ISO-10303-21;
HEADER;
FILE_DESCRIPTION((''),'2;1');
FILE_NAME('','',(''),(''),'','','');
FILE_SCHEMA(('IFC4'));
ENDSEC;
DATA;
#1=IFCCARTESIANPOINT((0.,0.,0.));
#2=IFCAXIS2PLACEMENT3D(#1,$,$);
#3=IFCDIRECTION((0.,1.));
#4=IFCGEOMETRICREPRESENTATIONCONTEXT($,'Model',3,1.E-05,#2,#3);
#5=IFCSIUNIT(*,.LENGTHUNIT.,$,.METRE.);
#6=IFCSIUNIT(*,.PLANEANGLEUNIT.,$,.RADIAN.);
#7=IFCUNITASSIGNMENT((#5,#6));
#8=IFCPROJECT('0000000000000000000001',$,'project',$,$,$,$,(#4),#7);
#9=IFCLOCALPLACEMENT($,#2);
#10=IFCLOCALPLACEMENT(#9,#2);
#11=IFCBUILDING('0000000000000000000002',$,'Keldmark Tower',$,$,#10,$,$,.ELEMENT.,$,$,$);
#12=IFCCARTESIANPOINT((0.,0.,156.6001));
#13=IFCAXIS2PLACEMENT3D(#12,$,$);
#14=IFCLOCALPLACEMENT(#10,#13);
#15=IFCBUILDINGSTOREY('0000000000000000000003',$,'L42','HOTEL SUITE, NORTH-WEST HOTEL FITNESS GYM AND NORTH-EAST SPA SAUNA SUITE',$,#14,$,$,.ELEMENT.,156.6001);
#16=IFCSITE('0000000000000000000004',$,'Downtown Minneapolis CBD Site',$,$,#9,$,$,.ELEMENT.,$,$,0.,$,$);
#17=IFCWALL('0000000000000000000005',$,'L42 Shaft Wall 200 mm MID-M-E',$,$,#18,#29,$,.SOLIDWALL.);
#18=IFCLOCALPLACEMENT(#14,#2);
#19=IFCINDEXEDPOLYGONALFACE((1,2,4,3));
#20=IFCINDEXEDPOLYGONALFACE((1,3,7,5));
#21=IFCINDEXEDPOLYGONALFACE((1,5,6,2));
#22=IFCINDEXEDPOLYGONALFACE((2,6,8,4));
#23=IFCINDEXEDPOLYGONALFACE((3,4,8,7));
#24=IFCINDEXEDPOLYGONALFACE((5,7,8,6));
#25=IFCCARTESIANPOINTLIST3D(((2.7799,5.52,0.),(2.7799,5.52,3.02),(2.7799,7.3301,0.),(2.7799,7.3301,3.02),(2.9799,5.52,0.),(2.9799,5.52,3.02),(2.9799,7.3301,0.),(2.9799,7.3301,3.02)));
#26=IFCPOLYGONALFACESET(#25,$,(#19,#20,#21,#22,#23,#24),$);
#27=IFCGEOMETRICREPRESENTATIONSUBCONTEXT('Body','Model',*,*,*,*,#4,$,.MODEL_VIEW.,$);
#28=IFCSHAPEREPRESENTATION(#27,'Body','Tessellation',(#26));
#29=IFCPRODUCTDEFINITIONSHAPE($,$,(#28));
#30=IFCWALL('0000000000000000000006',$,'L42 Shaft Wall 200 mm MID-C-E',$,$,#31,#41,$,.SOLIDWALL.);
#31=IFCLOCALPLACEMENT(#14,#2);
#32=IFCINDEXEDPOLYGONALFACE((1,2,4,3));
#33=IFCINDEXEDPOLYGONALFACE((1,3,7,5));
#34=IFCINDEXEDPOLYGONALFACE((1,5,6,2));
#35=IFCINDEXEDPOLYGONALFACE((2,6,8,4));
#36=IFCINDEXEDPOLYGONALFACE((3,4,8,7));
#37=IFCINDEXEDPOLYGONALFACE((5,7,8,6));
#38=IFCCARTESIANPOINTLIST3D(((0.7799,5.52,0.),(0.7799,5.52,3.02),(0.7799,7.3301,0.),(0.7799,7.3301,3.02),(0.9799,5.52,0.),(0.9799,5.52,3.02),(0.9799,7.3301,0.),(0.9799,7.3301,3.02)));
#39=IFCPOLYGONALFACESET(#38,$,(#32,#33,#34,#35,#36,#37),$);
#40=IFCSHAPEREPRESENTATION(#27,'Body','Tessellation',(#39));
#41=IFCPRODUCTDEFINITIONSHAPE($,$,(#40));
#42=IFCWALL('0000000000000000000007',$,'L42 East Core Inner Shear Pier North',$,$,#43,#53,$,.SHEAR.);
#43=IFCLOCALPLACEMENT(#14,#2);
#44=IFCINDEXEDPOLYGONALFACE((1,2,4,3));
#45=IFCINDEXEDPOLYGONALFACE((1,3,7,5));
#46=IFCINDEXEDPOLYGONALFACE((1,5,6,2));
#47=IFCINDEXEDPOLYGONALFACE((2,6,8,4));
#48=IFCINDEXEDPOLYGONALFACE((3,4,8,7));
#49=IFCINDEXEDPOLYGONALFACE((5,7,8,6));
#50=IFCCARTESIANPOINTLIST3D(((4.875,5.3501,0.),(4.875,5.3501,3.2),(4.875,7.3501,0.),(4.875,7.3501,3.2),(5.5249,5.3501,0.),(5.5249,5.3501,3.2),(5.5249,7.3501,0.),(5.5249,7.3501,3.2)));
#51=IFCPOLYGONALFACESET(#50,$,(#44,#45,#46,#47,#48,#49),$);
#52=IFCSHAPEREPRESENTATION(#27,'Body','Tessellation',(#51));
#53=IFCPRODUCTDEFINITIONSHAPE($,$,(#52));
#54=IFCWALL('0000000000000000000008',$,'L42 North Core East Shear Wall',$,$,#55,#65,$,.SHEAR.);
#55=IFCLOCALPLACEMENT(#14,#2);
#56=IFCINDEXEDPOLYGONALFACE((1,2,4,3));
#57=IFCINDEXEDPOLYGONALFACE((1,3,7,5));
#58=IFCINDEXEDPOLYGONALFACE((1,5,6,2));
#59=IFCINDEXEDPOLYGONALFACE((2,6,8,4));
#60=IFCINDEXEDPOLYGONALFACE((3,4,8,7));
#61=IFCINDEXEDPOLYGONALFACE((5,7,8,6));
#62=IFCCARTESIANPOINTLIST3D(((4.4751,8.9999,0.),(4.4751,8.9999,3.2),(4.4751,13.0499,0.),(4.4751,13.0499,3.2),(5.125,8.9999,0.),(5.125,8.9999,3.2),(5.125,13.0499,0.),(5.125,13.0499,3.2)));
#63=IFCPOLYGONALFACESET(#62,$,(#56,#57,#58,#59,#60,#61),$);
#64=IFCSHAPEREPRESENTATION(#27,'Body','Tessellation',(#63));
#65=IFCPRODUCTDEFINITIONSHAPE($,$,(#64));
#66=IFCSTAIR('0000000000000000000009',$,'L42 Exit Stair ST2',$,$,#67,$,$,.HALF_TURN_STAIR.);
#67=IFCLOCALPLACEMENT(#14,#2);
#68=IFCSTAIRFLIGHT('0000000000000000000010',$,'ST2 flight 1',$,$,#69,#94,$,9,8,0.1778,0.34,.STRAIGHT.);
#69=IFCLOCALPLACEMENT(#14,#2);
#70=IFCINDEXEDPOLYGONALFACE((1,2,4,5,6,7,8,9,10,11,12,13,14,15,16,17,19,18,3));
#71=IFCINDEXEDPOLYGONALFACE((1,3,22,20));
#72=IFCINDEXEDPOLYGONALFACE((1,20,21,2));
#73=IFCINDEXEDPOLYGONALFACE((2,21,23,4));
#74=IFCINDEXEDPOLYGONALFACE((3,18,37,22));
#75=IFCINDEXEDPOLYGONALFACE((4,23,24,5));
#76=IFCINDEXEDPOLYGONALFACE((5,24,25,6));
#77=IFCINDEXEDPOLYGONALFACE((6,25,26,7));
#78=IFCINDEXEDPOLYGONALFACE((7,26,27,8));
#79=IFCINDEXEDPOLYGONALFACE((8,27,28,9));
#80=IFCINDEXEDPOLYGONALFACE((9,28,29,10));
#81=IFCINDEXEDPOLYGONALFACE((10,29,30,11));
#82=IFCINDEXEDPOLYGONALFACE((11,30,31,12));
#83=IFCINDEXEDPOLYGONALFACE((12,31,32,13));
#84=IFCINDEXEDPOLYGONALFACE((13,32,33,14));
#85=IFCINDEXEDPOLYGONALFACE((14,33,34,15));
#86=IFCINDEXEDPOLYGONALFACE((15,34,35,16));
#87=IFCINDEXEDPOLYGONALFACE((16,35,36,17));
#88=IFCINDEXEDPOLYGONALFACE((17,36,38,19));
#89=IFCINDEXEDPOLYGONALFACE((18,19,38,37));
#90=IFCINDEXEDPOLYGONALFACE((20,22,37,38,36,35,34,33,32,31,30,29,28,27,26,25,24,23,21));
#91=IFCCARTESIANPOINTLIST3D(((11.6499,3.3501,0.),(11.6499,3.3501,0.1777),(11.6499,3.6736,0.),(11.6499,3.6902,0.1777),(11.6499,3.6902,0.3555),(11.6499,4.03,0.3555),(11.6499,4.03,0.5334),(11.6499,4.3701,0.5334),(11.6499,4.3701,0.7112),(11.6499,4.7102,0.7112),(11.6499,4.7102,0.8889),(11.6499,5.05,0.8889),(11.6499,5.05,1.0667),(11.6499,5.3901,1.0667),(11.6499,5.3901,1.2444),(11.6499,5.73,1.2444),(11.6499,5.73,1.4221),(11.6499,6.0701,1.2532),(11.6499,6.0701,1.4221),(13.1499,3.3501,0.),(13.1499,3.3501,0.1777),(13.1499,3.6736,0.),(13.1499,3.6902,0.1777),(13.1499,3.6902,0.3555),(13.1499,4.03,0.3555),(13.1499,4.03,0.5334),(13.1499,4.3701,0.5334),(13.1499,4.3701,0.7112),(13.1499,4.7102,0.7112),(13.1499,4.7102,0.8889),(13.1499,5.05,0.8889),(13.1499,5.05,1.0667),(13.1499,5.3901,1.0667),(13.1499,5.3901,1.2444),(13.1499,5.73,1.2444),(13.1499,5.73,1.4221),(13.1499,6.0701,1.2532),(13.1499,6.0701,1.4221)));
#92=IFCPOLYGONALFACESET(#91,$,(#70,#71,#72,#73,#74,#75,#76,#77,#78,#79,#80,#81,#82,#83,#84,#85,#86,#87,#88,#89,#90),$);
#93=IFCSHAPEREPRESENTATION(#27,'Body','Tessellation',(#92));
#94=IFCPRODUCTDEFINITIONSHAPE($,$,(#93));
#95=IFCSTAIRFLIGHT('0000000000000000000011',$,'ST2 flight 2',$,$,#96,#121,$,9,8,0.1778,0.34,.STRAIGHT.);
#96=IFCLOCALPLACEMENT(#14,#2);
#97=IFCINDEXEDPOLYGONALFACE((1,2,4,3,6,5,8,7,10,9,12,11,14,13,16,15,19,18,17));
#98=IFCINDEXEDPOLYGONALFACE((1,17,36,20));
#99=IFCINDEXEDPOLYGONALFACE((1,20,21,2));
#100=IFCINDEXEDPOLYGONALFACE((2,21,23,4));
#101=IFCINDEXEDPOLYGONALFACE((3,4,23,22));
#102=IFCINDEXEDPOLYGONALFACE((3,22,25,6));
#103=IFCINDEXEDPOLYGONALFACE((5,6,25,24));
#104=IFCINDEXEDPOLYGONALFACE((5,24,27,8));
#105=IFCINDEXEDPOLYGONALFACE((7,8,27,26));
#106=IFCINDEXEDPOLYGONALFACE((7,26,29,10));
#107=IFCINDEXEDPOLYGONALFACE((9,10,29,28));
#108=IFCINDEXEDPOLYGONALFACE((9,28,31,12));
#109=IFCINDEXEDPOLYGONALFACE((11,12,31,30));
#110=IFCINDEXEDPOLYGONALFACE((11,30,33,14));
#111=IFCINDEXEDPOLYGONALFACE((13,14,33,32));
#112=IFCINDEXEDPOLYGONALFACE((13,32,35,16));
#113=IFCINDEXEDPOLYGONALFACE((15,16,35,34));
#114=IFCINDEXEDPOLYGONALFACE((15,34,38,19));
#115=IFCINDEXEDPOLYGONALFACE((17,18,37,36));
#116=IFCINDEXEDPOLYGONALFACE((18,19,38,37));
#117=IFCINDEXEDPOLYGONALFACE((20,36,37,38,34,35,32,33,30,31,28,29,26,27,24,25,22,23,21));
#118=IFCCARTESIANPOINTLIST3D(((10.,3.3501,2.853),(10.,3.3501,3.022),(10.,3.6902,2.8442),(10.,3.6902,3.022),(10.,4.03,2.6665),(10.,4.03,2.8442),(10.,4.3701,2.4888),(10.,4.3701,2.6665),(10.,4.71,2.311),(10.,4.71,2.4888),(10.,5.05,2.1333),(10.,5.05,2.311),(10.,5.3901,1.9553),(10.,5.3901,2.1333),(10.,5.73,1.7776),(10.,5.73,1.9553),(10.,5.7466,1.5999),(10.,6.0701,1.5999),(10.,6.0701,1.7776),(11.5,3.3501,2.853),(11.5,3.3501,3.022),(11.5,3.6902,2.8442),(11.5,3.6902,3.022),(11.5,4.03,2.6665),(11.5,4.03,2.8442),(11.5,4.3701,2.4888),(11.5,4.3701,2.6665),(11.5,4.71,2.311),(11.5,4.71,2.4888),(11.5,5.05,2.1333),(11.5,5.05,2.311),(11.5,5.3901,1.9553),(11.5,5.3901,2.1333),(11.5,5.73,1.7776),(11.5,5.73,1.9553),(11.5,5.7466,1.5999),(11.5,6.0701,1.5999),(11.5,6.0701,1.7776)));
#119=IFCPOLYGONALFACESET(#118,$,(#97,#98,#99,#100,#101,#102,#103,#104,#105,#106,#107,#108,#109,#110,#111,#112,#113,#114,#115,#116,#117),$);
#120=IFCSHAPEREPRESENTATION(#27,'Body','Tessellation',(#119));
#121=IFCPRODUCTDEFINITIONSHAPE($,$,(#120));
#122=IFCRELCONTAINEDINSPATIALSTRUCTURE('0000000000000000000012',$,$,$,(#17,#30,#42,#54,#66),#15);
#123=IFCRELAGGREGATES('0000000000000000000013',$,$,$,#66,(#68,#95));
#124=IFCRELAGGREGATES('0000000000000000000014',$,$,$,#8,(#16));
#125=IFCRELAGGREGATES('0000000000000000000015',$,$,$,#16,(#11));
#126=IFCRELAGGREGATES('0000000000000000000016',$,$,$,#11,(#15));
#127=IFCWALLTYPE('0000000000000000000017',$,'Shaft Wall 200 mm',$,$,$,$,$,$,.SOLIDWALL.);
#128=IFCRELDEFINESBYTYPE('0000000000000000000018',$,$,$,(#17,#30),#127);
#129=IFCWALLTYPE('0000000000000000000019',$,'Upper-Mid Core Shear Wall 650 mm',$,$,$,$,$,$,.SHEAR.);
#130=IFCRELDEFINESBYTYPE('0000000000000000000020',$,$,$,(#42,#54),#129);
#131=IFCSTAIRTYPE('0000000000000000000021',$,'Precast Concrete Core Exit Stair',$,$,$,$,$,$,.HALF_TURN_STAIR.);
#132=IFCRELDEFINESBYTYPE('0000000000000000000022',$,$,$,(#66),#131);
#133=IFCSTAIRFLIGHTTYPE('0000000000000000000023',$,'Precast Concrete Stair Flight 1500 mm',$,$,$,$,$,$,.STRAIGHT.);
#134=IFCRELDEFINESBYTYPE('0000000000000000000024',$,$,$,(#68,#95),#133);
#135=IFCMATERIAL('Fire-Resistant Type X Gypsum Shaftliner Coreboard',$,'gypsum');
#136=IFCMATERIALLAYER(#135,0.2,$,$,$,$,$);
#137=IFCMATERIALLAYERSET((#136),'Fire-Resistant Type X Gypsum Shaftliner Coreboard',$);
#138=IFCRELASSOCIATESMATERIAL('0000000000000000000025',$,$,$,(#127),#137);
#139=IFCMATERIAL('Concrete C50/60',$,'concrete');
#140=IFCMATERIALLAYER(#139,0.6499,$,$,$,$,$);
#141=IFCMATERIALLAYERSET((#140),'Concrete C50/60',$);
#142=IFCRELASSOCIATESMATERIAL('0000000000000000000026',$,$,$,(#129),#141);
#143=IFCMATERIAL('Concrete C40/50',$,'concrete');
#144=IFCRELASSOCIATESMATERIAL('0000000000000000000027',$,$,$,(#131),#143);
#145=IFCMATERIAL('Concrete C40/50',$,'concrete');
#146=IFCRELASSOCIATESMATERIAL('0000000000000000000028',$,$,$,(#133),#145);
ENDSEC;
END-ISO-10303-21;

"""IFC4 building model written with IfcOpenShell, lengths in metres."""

from ifc_helpers import new_model, si_unit, direction, frame, frame_2d, origin, place, context, subcontext, project, spatial, polyline, rectangle, outline, extrude, material, layer, layer_set, type_object, element, aggregate, save


model = new_model("IFC4")

# Units and contexts
model_context = context("Model", 3, precision=1e-05, world=origin(), true_north=direction((0.0, 1.0)))
body_context = subcontext(model_context, "Body", "Model", "MODEL_VIEW")
ifc_project = project(units=[si_unit("LENGTHUNIT", "METRE"), si_unit("PLANEANGLEUNIT", "RADIAN")], contexts=[model_context])

# Site, building, storey
site_placement = place(None, origin())
site = spatial("IfcSite", under=ifc_project, at=site_placement, Name="Downtown Minneapolis CBD Site", CompositionType="ELEMENT", RefElevation=0.0)
building_placement = place(site_placement, origin())
building = spatial("IfcBuilding", under=site, at=building_placement, Name="Keldmark Tower", CompositionType="ELEMENT")
storey_placement = place(building_placement, frame((0.0, 0.0, 156.6001)))
storey = spatial("IfcBuildingStorey", under=building, at=storey_placement, Name="L42", Description="HOTEL SUITE, NORTH-WEST HOTEL FITNESS GYM AND NORTH-EAST SPA SAUNA SUITE", CompositionType="ELEMENT", Elevation=156.6001)

# Shared definitions
ifc_material_1 = material(Name="Fire-Resistant Type X Gypsum Shaftliner Coreboard", Category="gypsum")
ifc_layer_1 = layer(ifc_material_1, 0.2)
ifc_layer_set_1 = layer_set([ifc_layer_1], Name="Fire-Resistant Type X Gypsum Shaftliner Coreboard")
wall_type_1 = type_object("IfcWallType", Name="Shaft Wall 200 mm", PredefinedType="SOLIDWALL", material=ifc_layer_set_1)

# Walls
for number, where, z_axis, x_axis, name in (
    (1, (2.8799, 5.52, 0.0), (0.0, 0.0, 1.0), (0.0, 1.0, 0.0), "L42 Shaft Wall 200 mm MID-M-E"),
    (2, (0.8799, 5.52, 0.0), (0.0, 0.0, 1.0), (0.0, 1.0, 0.0), "L42 Shaft Wall 200 mm MID-C-E"),
):
    element("IfcWall", number, at=place(storey_placement, frame(where, z_axis=z_axis, x_axis=x_axis)), inside=storey, type_object=wall_type_1, Name=name, PredefinedType="SOLIDWALL", context=body_context, shape_type="SweptSolid", body=[
        extrude(rectangle(XDim=1.8101, YDim=0.2, at=frame_2d((0.905, 0.0))), origin(), (0.0, 0.0, 1.0), 3.02),
    ])
ifc_material_2 = material(Name="Concrete C50/60", Category="concrete")
ifc_layer_2 = layer(ifc_material_2, 0.6499)
ifc_layer_set_2 = layer_set([ifc_layer_2], Name="Concrete C50/60")
wall_type_2 = type_object("IfcWallType", Name="Upper-Mid Core Shear Wall 650 mm", PredefinedType="SHEAR", material=ifc_layer_set_2)
wall_1_placement = place(storey_placement, frame((5.2, 5.3501, 0.0), z_axis=(0.0, 0.0, 1.0), x_axis=(0.0, 1.0, 0.0)))
element("IfcWall", 3, at=wall_1_placement, inside=storey, type_object=wall_type_2, Name="L42 East Core Inner Shear Pier North", PredefinedType="SHEAR", context=body_context, shape_type="SweptSolid", body=[
    extrude(rectangle(XDim=2.0, YDim=0.6499, at=frame_2d((1.0, 0.0))), origin(), (0.0, 0.0, 1.0), 3.2),
])
wall_2_placement = place(storey_placement, frame((4.8, 9.0, 0.0), z_axis=(0.0, 0.0, 1.0), x_axis=(0.0, 1.0, 0.0)))
element("IfcWall", 4, at=wall_2_placement, inside=storey, type_object=wall_type_2, Name="L42 North Core East Shear Wall", PredefinedType="SHEAR", context=body_context, shape_type="SweptSolid", body=[
    extrude(rectangle(XDim=4.05, YDim=0.6499, at=frame_2d((2.0249, 0.0))), origin(), (0.0, 0.0, 1.0), 3.2),
])

# Stair, stair flights
ifc_material_3 = material(Name="Concrete C40/50", Category="concrete")
stair_type = type_object("IfcStairType", Name="Precast Concrete Core Exit Stair", PredefinedType="HALF_TURN_STAIR", material=ifc_material_3)
stair_placement = place(storey_placement, origin())
stair = element("IfcStair", 5, at=stair_placement, inside=storey, type_object=stair_type, Name="L42 Exit Stair ST2", PredefinedType="HALF_TURN_STAIR")
ifc_material_4 = material(Name="Concrete C40/50", Category="concrete")
stair_flight_type = type_object("IfcStairFlightType", Name="Precast Concrete Stair Flight 1500 mm", PredefinedType="STRAIGHT", material=ifc_material_4)
stair_flight_1_placement = place(storey_placement, frame((12.3999, 3.3501, 0.0), z_axis=(0.0, 0.0, 1.0), x_axis=(0.0, 1.0, 0.0)))
stair_flight_1 = element("IfcStairFlight", 6, at=stair_flight_1_placement, type_object=stair_flight_type, Name="ST2 flight 1", NumberOfRisers=9, NumberOfTreads=8, PredefinedType="STRAIGHT", RiserHeight=0.1778, TreadLength=0.34, context=body_context, shape_type="SweptSolid", body=[
    extrude(outline(polyline([(0.0, 0.0), (0.0, 0.1777), (0.3401, 0.1777), (0.3401, 0.3555), (0.6799, 0.3555), (0.6799, 0.5334), (1.02, 0.5334), (1.02, 0.7112), (1.3601, 0.7112), (1.3601, 0.8889), (1.7, 0.8889), (1.7, 1.0667), (2.04, 1.0667), (2.04, 1.2444), (2.3799, 1.2444), (2.3799, 1.4221), (2.72, 1.4221), (2.72, 1.6001), (2.72, 1.2532), (0.3235, 0.0), (0.0, 0.0)])), frame((0.0, 0.75, 0.0), z_axis=(0.0, -1.0, 0.0), x_axis=(1.0, 0.0, 0.0)), (0.0, 0.0, 1.0), 1.5),
])
stair_flight_2_placement = place(storey_placement, frame((10.75, 6.0701, 1.5999), z_axis=(0.0, 0.0, 1.0), x_axis=(0.0, -1.0, 0.0)))
stair_flight_2 = element("IfcStairFlight", 7, at=stair_flight_2_placement, type_object=stair_flight_type, Name="ST2 flight 2", NumberOfRisers=9, NumberOfTreads=8, PredefinedType="STRAIGHT", RiserHeight=0.1778, TreadLength=0.34, context=body_context, shape_type="SweptSolid", body=[
    extrude(outline(polyline([(0.0, 0.0), (0.0, 0.1777), (0.3401, 0.1777), (0.3401, 0.3555), (0.6799, 0.3555), (0.6799, 0.5334), (1.02, 0.5334), (1.02, 0.7112), (1.3601, 0.7112), (1.3601, 0.8889), (1.7, 0.8889), (1.7, 1.0667), (2.04, 1.0667), (2.04, 1.2444), (2.3799, 1.2444), (2.3799, 1.4221), (2.72, 1.4221), (2.72, 1.6001), (2.72, 1.2532), (0.3235, 0.0), (0.0, 0.0)])), frame((0.0, 0.75, 0.0), z_axis=(0.0, -1.0, 0.0), x_axis=(1.0, 0.0, 0.0)), (0.0, 0.0, 1.0), 1.5),
])
aggregate(stair, [stair_flight_1, stair_flight_2])

save(model, "model.ifc")
